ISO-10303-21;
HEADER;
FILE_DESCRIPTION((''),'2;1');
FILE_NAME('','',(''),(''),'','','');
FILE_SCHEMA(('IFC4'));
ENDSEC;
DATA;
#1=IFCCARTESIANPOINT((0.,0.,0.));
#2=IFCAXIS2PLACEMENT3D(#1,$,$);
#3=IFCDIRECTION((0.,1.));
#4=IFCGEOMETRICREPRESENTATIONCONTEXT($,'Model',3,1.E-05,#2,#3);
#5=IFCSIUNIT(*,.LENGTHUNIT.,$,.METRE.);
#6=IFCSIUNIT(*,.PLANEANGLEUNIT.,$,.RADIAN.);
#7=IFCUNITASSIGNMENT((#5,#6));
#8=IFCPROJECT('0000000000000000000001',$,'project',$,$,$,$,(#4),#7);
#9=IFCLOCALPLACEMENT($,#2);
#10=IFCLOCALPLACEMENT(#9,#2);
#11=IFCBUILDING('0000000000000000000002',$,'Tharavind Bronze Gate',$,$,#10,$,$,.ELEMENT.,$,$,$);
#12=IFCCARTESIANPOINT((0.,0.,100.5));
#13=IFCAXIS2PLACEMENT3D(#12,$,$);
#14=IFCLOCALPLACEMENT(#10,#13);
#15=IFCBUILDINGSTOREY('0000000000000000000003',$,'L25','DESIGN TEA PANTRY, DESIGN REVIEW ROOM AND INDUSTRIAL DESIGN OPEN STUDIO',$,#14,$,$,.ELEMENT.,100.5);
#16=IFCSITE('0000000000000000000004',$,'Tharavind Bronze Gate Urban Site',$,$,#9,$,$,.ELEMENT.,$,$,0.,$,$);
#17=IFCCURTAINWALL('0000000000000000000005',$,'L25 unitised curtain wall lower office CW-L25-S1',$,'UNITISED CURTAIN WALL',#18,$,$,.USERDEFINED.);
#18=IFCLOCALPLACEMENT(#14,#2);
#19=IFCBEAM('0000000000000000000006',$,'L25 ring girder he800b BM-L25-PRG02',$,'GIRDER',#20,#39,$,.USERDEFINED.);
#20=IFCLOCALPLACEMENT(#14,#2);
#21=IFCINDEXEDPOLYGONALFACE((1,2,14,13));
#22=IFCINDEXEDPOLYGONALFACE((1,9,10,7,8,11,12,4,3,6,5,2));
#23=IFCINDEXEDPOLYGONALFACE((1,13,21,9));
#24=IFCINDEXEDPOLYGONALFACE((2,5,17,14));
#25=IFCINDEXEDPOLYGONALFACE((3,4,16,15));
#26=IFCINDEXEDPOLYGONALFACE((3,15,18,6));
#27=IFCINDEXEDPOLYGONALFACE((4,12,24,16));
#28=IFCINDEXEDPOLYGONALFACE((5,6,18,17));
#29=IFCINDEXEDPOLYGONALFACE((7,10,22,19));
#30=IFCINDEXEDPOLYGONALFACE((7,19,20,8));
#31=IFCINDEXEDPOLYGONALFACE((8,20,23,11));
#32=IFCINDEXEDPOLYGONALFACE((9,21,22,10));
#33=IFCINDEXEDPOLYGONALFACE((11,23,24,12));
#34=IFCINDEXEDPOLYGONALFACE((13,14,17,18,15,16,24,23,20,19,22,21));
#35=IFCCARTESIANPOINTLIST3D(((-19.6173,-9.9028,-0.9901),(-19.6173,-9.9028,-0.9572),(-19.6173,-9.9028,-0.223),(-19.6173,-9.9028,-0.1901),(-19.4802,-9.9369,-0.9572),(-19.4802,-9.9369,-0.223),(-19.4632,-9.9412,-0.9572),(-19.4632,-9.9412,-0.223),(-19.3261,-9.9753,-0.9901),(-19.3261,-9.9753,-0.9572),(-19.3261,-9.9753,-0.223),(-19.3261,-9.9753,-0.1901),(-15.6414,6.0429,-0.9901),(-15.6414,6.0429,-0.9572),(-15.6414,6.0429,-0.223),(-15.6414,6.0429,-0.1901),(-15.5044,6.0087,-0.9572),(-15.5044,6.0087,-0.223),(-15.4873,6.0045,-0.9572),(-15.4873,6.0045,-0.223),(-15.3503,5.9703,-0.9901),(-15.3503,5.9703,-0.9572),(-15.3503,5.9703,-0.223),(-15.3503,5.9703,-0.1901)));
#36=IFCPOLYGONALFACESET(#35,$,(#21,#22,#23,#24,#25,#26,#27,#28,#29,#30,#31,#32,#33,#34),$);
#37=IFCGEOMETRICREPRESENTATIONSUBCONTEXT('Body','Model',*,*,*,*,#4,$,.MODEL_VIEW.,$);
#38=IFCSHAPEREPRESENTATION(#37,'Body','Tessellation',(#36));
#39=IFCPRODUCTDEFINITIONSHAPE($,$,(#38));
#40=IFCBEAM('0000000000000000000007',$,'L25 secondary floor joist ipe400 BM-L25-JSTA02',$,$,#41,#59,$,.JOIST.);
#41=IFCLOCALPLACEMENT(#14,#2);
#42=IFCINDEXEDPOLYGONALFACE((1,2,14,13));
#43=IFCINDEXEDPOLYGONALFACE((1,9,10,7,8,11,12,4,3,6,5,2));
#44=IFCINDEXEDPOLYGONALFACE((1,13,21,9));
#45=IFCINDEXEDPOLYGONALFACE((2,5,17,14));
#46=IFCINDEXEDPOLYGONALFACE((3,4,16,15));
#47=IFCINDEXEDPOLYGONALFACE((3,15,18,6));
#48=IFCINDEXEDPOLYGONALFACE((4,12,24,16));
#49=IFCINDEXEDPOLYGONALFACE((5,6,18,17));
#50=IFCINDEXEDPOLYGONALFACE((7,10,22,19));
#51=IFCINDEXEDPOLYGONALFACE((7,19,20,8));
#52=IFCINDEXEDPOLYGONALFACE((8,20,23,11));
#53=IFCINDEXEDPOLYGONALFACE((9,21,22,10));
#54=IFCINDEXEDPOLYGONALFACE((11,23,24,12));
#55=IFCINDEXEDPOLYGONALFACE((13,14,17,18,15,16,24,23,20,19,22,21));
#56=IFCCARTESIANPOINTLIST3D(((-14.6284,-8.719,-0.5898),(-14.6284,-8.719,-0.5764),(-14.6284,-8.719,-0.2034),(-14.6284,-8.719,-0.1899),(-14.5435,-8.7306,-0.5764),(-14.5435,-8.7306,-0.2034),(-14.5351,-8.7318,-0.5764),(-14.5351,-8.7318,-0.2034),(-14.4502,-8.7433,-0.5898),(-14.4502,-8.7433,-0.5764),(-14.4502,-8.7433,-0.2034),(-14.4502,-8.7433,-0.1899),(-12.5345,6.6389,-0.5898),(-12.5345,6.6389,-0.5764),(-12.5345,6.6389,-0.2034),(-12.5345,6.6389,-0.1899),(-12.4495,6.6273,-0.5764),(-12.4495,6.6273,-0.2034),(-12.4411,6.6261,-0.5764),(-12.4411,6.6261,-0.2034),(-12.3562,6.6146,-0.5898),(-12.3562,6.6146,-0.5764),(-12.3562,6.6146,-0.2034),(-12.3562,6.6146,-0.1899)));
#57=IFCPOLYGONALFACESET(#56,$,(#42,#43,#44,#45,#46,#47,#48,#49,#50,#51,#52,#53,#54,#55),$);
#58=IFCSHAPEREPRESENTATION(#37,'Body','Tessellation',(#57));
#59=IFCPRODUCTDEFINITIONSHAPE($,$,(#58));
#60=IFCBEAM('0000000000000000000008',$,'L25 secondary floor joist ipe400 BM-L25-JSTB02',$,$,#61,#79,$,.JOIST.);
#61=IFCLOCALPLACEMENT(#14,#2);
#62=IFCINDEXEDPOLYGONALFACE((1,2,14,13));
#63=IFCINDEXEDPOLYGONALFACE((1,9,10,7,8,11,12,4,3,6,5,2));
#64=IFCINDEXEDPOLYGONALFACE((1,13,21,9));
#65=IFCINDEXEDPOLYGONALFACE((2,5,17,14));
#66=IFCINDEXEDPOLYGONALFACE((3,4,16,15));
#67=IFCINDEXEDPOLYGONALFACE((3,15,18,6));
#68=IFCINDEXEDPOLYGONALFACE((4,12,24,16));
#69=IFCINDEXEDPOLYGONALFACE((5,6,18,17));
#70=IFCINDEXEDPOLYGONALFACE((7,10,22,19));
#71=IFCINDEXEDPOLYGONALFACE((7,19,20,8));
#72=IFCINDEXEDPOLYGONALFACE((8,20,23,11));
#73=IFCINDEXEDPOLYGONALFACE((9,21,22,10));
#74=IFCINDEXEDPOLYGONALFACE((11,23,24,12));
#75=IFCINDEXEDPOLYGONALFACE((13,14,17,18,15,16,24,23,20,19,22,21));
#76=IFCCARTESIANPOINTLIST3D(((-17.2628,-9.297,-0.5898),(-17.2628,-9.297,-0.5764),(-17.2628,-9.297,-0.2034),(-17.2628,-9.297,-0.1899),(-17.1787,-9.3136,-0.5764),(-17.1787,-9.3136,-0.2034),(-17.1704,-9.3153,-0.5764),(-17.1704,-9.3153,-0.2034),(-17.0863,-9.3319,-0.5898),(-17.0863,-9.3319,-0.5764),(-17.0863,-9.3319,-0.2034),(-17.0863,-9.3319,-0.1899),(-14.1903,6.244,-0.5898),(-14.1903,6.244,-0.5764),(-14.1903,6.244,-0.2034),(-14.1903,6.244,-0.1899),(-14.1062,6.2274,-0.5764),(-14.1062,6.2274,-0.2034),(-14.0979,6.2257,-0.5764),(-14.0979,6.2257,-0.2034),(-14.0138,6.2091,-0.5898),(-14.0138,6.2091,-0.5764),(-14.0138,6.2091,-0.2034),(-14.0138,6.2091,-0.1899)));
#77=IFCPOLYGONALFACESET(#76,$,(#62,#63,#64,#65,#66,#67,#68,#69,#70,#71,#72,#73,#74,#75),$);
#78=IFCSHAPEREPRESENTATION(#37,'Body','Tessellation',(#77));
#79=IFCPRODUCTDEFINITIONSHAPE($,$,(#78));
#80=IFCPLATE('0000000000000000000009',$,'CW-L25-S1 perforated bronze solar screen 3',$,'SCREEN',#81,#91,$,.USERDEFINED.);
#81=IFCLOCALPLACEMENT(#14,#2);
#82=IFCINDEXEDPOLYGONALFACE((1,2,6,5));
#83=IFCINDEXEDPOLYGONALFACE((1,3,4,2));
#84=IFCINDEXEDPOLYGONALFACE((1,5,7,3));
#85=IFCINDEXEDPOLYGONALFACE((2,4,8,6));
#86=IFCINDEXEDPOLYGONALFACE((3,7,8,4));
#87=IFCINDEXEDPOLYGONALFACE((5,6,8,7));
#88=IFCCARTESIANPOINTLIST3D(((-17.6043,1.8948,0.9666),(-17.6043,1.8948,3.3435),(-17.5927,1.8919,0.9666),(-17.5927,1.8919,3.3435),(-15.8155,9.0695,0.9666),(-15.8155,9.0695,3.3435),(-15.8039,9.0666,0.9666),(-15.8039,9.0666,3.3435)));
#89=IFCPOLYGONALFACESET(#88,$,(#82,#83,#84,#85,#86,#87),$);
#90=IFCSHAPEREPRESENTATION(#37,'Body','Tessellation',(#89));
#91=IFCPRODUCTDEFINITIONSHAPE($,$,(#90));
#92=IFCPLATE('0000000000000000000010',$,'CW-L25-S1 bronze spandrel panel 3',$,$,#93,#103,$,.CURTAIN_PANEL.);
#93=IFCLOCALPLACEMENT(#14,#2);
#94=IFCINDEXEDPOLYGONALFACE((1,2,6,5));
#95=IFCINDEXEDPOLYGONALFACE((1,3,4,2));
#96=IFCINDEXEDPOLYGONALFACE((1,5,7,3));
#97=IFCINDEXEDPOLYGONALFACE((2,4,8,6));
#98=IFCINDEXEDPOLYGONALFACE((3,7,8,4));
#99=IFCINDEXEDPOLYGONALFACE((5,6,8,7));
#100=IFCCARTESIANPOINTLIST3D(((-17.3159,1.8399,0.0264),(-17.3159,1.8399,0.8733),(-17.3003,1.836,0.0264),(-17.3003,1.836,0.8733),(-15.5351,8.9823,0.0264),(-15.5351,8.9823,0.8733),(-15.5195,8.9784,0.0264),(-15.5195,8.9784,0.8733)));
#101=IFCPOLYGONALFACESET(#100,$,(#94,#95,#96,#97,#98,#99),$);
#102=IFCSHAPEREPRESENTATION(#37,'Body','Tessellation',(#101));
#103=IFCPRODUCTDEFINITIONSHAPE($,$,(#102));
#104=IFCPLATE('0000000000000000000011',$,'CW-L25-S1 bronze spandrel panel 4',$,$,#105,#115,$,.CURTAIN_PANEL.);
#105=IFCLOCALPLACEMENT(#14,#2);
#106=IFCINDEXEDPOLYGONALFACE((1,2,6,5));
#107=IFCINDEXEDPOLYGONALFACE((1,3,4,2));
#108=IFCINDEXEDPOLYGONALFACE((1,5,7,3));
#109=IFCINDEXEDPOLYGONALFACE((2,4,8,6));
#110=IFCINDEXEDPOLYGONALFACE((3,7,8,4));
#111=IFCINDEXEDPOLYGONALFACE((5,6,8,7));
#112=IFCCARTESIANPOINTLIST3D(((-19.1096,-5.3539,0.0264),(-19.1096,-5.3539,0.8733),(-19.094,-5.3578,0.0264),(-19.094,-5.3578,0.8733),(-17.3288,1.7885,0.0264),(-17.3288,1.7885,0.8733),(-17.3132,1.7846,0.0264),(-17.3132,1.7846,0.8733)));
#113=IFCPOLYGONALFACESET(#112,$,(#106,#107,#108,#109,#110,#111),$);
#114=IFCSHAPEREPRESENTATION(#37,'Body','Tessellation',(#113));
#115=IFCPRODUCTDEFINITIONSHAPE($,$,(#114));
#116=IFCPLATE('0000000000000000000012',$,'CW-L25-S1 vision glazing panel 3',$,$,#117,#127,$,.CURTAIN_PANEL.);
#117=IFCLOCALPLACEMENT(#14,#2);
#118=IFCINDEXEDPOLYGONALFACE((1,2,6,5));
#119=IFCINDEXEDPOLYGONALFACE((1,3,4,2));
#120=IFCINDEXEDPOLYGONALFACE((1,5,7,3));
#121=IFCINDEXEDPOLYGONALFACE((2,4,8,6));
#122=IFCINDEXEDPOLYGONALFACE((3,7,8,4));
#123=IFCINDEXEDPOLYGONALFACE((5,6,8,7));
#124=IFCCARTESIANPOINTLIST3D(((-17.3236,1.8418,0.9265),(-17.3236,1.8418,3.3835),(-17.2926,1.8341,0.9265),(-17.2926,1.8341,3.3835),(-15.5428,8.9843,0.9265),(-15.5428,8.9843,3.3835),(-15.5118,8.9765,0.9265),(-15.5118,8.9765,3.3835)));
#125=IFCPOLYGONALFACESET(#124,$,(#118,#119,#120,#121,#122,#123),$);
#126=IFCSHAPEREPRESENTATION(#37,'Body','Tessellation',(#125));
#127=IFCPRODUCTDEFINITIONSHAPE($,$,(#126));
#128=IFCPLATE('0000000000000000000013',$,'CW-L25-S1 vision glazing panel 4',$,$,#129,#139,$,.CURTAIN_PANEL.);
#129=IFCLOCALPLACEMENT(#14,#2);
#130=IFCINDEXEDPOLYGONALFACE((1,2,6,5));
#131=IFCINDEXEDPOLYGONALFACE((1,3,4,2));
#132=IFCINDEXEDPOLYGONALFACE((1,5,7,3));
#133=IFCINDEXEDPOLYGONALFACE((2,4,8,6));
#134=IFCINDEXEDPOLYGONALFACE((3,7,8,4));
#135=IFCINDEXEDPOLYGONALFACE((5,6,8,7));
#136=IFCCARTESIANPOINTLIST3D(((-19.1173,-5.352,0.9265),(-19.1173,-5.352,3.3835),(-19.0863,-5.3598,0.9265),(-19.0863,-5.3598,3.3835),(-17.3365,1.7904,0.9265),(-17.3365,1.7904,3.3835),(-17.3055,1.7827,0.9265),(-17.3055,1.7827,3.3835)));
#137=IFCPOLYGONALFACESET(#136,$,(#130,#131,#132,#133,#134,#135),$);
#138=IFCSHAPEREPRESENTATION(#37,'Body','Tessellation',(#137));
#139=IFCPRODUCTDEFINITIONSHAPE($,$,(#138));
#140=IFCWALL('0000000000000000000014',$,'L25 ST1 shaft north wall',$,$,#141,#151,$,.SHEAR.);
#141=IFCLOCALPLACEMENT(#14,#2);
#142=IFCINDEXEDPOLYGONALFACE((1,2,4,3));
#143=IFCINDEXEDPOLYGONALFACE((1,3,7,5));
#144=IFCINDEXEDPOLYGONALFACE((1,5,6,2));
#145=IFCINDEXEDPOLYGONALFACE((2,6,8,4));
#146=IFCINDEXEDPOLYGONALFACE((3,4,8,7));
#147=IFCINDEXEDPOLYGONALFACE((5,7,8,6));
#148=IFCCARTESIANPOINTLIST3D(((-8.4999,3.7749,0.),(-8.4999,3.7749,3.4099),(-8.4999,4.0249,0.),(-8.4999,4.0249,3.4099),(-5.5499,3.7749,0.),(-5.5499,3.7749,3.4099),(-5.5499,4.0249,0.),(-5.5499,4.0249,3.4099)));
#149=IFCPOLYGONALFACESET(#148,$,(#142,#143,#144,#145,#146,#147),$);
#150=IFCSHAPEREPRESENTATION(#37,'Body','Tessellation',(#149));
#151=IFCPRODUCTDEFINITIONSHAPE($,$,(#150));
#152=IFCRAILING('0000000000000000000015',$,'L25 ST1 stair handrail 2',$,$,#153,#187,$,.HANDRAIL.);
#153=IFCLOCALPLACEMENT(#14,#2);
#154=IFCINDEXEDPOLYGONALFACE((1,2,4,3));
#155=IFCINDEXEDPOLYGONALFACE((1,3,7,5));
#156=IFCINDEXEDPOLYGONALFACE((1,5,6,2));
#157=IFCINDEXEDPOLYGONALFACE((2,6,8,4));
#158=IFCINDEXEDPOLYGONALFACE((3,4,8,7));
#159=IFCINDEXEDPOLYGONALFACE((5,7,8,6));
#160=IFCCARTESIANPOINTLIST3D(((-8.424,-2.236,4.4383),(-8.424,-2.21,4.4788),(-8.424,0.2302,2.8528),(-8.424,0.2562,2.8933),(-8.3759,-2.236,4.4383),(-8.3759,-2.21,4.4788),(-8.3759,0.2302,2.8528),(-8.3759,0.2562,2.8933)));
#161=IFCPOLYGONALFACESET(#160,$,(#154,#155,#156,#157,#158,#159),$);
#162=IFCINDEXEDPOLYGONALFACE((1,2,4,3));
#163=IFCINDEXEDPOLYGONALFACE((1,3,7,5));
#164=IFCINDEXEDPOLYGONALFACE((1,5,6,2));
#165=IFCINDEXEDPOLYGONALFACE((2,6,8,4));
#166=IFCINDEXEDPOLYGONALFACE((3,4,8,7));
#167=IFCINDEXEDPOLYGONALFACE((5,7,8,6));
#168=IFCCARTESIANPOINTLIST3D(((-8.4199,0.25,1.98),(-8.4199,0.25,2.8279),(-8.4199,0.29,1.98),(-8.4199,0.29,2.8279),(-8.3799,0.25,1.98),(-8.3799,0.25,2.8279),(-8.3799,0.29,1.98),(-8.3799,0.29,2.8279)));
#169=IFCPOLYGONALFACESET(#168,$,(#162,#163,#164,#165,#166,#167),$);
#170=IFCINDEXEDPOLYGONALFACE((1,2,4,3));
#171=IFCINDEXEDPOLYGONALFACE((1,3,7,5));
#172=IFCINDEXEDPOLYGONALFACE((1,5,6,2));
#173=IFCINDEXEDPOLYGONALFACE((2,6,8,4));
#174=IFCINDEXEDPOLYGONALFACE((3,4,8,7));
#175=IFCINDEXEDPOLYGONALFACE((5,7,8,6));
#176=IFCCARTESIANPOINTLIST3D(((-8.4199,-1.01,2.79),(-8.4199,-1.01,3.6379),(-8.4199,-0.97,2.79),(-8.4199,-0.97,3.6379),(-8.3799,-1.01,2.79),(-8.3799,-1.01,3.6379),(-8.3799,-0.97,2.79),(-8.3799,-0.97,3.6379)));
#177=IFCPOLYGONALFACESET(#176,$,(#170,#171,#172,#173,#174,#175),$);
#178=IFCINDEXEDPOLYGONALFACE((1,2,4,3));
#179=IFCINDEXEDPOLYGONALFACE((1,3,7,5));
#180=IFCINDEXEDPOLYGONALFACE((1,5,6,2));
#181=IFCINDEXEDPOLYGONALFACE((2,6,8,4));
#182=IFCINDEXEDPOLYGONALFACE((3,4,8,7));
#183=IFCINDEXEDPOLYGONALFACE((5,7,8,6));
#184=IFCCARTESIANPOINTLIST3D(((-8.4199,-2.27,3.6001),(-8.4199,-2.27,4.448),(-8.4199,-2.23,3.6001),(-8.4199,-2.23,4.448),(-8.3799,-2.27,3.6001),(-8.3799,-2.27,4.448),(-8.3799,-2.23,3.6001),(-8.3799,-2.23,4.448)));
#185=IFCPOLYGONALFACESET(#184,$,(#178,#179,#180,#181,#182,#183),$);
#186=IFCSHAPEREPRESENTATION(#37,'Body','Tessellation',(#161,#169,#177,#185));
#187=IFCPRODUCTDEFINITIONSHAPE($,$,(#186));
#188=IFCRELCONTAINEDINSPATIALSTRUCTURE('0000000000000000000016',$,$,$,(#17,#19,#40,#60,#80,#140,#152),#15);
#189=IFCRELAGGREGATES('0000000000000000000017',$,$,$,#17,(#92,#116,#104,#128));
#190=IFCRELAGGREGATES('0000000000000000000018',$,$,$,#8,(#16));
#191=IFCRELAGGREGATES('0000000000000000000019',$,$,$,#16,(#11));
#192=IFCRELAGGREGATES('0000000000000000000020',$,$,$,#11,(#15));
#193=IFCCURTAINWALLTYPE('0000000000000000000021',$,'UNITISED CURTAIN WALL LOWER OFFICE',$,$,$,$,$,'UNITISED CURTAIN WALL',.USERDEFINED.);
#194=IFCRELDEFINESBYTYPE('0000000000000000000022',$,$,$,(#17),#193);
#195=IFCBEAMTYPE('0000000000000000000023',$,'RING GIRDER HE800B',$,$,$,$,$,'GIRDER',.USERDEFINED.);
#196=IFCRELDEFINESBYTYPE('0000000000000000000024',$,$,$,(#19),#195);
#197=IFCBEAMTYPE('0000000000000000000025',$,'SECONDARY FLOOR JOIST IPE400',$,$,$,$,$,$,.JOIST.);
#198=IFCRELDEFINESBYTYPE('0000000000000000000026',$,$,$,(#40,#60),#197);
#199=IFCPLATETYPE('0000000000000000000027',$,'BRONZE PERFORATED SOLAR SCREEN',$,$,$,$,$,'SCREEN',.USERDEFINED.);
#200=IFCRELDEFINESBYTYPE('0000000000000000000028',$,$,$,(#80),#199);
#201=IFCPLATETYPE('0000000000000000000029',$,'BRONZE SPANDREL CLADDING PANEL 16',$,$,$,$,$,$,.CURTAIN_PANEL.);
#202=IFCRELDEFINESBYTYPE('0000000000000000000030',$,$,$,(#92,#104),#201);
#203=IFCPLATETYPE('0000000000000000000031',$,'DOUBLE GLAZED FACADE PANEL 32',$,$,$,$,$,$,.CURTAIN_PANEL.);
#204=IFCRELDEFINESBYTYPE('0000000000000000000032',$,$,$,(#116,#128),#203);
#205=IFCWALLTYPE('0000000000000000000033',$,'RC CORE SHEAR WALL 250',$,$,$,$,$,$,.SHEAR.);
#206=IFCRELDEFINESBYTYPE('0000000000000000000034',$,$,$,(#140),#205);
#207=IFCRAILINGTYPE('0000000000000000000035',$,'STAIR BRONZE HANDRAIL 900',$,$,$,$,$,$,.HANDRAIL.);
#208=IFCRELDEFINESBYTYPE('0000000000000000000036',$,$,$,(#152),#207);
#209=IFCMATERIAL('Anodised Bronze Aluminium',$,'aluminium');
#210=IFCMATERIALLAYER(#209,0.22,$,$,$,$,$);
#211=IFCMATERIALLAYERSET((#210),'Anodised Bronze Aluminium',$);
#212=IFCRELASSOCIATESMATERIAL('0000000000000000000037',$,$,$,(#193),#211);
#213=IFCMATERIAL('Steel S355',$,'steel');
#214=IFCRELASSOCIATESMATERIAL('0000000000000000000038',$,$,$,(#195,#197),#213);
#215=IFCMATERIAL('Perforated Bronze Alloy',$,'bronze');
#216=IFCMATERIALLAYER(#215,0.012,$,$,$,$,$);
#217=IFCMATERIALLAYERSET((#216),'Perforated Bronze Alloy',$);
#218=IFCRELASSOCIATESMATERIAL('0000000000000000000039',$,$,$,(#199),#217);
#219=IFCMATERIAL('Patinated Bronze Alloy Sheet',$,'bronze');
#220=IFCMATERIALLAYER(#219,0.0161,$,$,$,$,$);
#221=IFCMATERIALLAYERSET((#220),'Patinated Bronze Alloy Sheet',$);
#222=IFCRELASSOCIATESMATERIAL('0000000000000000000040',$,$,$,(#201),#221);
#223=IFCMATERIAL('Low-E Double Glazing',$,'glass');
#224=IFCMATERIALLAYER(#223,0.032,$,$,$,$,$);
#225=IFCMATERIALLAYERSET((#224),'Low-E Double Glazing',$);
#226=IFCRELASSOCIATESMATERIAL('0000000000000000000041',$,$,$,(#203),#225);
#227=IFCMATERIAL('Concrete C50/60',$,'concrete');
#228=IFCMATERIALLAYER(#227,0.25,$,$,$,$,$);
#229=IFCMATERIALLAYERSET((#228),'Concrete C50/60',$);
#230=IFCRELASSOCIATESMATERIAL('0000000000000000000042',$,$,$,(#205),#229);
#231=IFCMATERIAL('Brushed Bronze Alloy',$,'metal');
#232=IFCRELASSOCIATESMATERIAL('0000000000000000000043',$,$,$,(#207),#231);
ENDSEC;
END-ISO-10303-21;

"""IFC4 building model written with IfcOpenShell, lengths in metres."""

from ifc_helpers import new_model, si_unit, direction, frame, frame_2d, origin, origin_2d, place, context, subcontext, project, spatial, rectangle, i_section, extrude, material, layer, layer_set, material_profile, profile_set, type_object, element, aggregate, save


model = new_model("IFC4")

# Units and contexts
model_context = context("Model", 3, precision=1e-05, world=origin(), true_north=direction((0.0, 1.0)))
body_context = subcontext(model_context, "Body", "Model", "MODEL_VIEW")
ifc_project = project(units=[si_unit("LENGTHUNIT", "METRE"), si_unit("PLANEANGLEUNIT", "RADIAN")], contexts=[model_context])

# Site, building, storey
site_placement = place(None, origin())
site = spatial("IfcSite", under=ifc_project, at=site_placement, Name="Tharavind Bronze Gate Urban Site", CompositionType="ELEMENT", RefElevation=0.0)
building_placement = place(site_placement, origin())
building = spatial("IfcBuilding", under=site, at=building_placement, Name="Tharavind Bronze Gate", CompositionType="ELEMENT")
storey_placement = place(building_placement, frame((0.0, 0.0, 100.5)))
storey = spatial("IfcBuildingStorey", under=building, at=storey_placement, Name="L25", Description="DESIGN TEA PANTRY, DESIGN REVIEW ROOM AND INDUSTRIAL DESIGN OPEN STUDIO", CompositionType="ELEMENT", Elevation=100.5)

# Curtain wall
ifc_material_1 = material(Name="Anodised Bronze Aluminium", Category="aluminium")
ifc_layer_1 = layer(ifc_material_1, 0.22)
ifc_layer_set_1 = layer_set([ifc_layer_1], Name="Anodised Bronze Aluminium")
curtain_wall_type = type_object("IfcCurtainWallType", Name="UNITISED CURTAIN WALL LOWER OFFICE", ElementType="UNITISED CURTAIN WALL", PredefinedType="USERDEFINED", material=ifc_layer_set_1)
curtain_wall_placement = place(storey_placement, origin())
curtain_wall = element("IfcCurtainWall", 1, at=curtain_wall_placement, inside=storey, type_object=curtain_wall_type, Name="L25 unitised curtain wall lower office CW-L25-S1", ObjectType="UNITISED CURTAIN WALL", PredefinedType="USERDEFINED")

# Beams
ifc_material_2 = material(Name="Steel S355", Category="steel")
ifc_material_profile_1 = material_profile(ifc_material_2, i_section(OverallWidth=0.3, OverallDepth=0.8, WebThickness=0.0176, FlangeThickness=0.033, at=origin_2d()), Name="HE800B")
ifc_profile_set_1 = profile_set([ifc_material_profile_1], Name="Steel S355")
beam_type_1 = type_object("IfcBeamType", Name="RING GIRDER HE800B", ElementType="GIRDER", PredefinedType="USERDEFINED", material=ifc_profile_set_1)
beam_1_placement = place(storey_placement, frame((-15.4958, 6.0066, -0.5901), z_axis=(-0.241931, -0.970293, 0.0), x_axis=(0.970293, -0.241931, 0.0)))
element("IfcBeam", 2, at=beam_1_placement, inside=storey, type_object=beam_type_1, Name="L25 ring girder he800b BM-L25-PRG02", ObjectType="GIRDER", PredefinedType="USERDEFINED", context=body_context, shape_type="SweptSolid", body=[
    extrude(i_section(OverallWidth=0.3, OverallDepth=0.8, WebThickness=0.0176, FlangeThickness=0.033, at=origin_2d()), origin(), (0.0, 0.0, 1.0), 16.4338),
])
ifc_material_profile_2 = material_profile(ifc_material_2, i_section(OverallWidth=0.1799, OverallDepth=0.3999, WebThickness=0.0085, FlangeThickness=0.0134, at=origin_2d()), Name="IPE400")
ifc_profile_set_2 = profile_set([ifc_material_profile_2], Name="Steel S355")
beam_type_2 = type_object("IfcBeamType", Name="SECONDARY FLOOR JOIST IPE400", PredefinedType="JOIST", material=ifc_profile_set_2)
beam_2_placement = place(storey_placement, frame((-12.4453, 6.6267, -0.3899), z_axis=(-0.135096, -0.990832, 0.0), x_axis=(0.990832, -0.135096, 0.0)))
element("IfcBeam", 3, at=beam_2_placement, inside=storey, type_object=beam_type_2, Name="L25 secondary floor joist ipe400 BM-L25-JSTA02", PredefinedType="JOIST", context=body_context, shape_type="SweptSolid", body=[
    extrude(i_section(OverallWidth=0.1799, OverallDepth=0.3999, WebThickness=0.0085, FlangeThickness=0.0134, at=origin_2d()), origin(), (0.0, 0.0, 1.0), 15.5),
])
beam_3_placement = place(storey_placement, frame((-14.1021, 6.2266, -0.3899), z_axis=(-0.193949, -0.981012, 0.0), x_axis=(0.981012, -0.193949, 0.0)))
element("IfcBeam", 4, at=beam_3_placement, inside=storey, type_object=beam_type_2, Name="L25 secondary floor joist ipe400 BM-L25-JSTB02", PredefinedType="JOIST", context=body_context, shape_type="SweptSolid", body=[
    extrude(i_section(OverallWidth=0.1799, OverallDepth=0.3999, WebThickness=0.0085, FlangeThickness=0.0134, at=origin_2d()), origin(), (0.0, 0.0, 1.0), 15.8418),
])

# Plates
ifc_material_3 = material(Name="Perforated Bronze Alloy", Category="bronze")
ifc_layer_2 = layer(ifc_material_3, 0.012)
ifc_layer_set_2 = layer_set([ifc_layer_2], Name="Perforated Bronze Alloy")
plate_type_1 = type_object("IfcPlateType", Name="BRONZE PERFORATED SOLAR SCREEN", ElementType="SCREEN", PredefinedType="USERDEFINED", material=ifc_layer_set_2)
plate_1_placement = place(storey_placement, frame((-16.7041, 5.4807, 0.9666), z_axis=(0.0, 0.0, 1.0), x_axis=(-0.241922, -0.970296, 0.0)))
element("IfcPlate", 5, at=plate_1_placement, inside=storey, type_object=plate_type_1, Name="CW-L25-S1 perforated bronze solar screen 3", ObjectType="SCREEN", PredefinedType="USERDEFINED", context=body_context, shape_type="SweptSolid", body=[
    extrude(rectangle(XDim=7.3943, YDim=0.012, at=origin_2d()), origin(), (0.0, 0.0, 1.0), 2.377),
])
ifc_material_4 = material(Name="Patinated Bronze Alloy Sheet", Category="bronze")
ifc_layer_3 = layer(ifc_material_4, 0.0161)
ifc_layer_set_3 = layer_set([ifc_layer_3], Name="Patinated Bronze Alloy Sheet")
plate_type_2 = type_object("IfcPlateType", Name="BRONZE SPANDREL CLADDING PANEL 16", PredefinedType="CURTAIN_PANEL", material=ifc_layer_set_3)
plate_2_placement = place(storey_placement, frame((-16.4177, 5.4092, 0.0264), z_axis=(0.0, 0.0, 1.0), x_axis=(-0.241922, -0.970296, 0.0)))
plate_2 = element("IfcPlate", 6, at=plate_2_placement, type_object=plate_type_2, Name="CW-L25-S1 bronze spandrel panel 3", PredefinedType="CURTAIN_PANEL", context=body_context, shape_type="SweptSolid", body=[
    extrude(rectangle(XDim=7.3611, YDim=0.0161, at=origin_2d()), origin(), (0.0, 0.0, 1.0), 0.8469),
])
plate_3_placement = place(storey_placement, frame((-18.2114, -1.7847, 0.0264), z_axis=(0.0, 0.0, 1.0), x_axis=(-0.241922, -0.970296, 0.0)))
plate_3 = element("IfcPlate", 7, at=plate_3_placement, type_object=plate_type_2, Name="CW-L25-S1 bronze spandrel panel 4", PredefinedType="CURTAIN_PANEL", context=body_context, shape_type="SweptSolid", body=[
    extrude(rectangle(XDim=7.3611, YDim=0.0161, at=origin_2d()), origin(), (0.0, 0.0, 1.0), 0.8469),
])
ifc_material_5 = material(Name="Low-E Double Glazing", Category="glass")
ifc_layer_4 = layer(ifc_material_5, 0.032)
ifc_layer_set_4 = layer_set([ifc_layer_4], Name="Low-E Double Glazing")
plate_type_3 = type_object("IfcPlateType", Name="DOUBLE GLAZED FACADE PANEL 32", PredefinedType="CURTAIN_PANEL", material=ifc_layer_set_4)
plate_4_placement = place(storey_placement, frame((-16.4177, 5.4092, 0.9265), z_axis=(0.0, 0.0, 1.0), x_axis=(-0.241922, -0.970296, 0.0)))
plate_4 = element("IfcPlate", 8, at=plate_4_placement, type_object=plate_type_3, Name="CW-L25-S1 vision glazing panel 3", PredefinedType="CURTAIN_PANEL", context=body_context, shape_type="SweptSolid", body=[
    extrude(rectangle(XDim=7.3611, YDim=0.032, at=origin_2d()), origin(), (0.0, 0.0, 1.0), 2.457),
])
plate_5_placement = place(storey_placement, frame((-18.2114, -1.7847, 0.9265), z_axis=(0.0, 0.0, 1.0), x_axis=(-0.241922, -0.970296, 0.0)))
plate_5 = element("IfcPlate", 9, at=plate_5_placement, type_object=plate_type_3, Name="CW-L25-S1 vision glazing panel 4", PredefinedType="CURTAIN_PANEL", context=body_context, shape_type="SweptSolid", body=[
    extrude(rectangle(XDim=7.3611, YDim=0.032, at=origin_2d()), origin(), (0.0, 0.0, 1.0), 2.457),
])
aggregate(curtain_wall, [plate_2, plate_4, plate_3, plate_5])

# Wall
ifc_material_6 = material(Name="Concrete C50/60", Category="concrete")
ifc_layer_5 = layer(ifc_material_6, 0.25)
ifc_layer_set_5 = layer_set([ifc_layer_5], Name="Concrete C50/60")
wall_type = type_object("IfcWallType", Name="RC CORE SHEAR WALL 250", PredefinedType="SHEAR", material=ifc_layer_set_5)
wall_placement = place(storey_placement, frame((-8.5, 3.8999, 0.0), z_axis=(0.0, 0.0, 1.0), x_axis=(1.0, 0.0, 0.0)))
element("IfcWall", 10, at=wall_placement, inside=storey, type_object=wall_type, Name="L25 ST1 shaft north wall", PredefinedType="SHEAR", context=body_context, shape_type="SweptSolid", body=[
    extrude(rectangle(XDim=2.95, YDim=0.25, at=frame_2d((1.4751, 0.0))), origin(), (0.0, 0.0, 1.0), 3.4099),
])

# Railing
ifc_material_7 = material(Name="Brushed Bronze Alloy", Category="metal")
railing_type = type_object("IfcRailingType", Name="STAIR BRONZE HANDRAIL 900", PredefinedType="HANDRAIL", material=ifc_material_7)
railing_placement = place(storey_placement, frame((-8.3999, 0.27, 1.98)))
element("IfcRailing", 11, at=railing_placement, inside=storey, type_object=railing_type, Name="L25 ST1 stair handrail 2", PredefinedType="HANDRAIL", context=body_context, shape_type="SweptSolid", body=[
    extrude(rectangle(XDim=0.0481, YDim=0.0481, at=origin_2d()), frame((0.0, -0.0269, 0.8931), z_axis=(0.0, -0.841163, 0.540782), x_axis=(1.0, 0.0, 0.0)), (0.0, 0.0, 1.0), 2.9319),
    extrude(rectangle(XDim=0.04, YDim=0.04, at=origin_2d()), origin(), (0.0, 0.0, 1.0), 0.8479),
    extrude(rectangle(XDim=0.04, YDim=0.04, at=origin_2d()), frame((0.0, -1.26, 0.8101)), (0.0, 0.0, 1.0), 0.8479),
    extrude(rectangle(XDim=0.04, YDim=0.04, at=origin_2d()), frame((0.0, -2.52, 1.6201)), (0.0, 0.0, 1.0), 0.8479),
])

save(model, "model.ifc")
